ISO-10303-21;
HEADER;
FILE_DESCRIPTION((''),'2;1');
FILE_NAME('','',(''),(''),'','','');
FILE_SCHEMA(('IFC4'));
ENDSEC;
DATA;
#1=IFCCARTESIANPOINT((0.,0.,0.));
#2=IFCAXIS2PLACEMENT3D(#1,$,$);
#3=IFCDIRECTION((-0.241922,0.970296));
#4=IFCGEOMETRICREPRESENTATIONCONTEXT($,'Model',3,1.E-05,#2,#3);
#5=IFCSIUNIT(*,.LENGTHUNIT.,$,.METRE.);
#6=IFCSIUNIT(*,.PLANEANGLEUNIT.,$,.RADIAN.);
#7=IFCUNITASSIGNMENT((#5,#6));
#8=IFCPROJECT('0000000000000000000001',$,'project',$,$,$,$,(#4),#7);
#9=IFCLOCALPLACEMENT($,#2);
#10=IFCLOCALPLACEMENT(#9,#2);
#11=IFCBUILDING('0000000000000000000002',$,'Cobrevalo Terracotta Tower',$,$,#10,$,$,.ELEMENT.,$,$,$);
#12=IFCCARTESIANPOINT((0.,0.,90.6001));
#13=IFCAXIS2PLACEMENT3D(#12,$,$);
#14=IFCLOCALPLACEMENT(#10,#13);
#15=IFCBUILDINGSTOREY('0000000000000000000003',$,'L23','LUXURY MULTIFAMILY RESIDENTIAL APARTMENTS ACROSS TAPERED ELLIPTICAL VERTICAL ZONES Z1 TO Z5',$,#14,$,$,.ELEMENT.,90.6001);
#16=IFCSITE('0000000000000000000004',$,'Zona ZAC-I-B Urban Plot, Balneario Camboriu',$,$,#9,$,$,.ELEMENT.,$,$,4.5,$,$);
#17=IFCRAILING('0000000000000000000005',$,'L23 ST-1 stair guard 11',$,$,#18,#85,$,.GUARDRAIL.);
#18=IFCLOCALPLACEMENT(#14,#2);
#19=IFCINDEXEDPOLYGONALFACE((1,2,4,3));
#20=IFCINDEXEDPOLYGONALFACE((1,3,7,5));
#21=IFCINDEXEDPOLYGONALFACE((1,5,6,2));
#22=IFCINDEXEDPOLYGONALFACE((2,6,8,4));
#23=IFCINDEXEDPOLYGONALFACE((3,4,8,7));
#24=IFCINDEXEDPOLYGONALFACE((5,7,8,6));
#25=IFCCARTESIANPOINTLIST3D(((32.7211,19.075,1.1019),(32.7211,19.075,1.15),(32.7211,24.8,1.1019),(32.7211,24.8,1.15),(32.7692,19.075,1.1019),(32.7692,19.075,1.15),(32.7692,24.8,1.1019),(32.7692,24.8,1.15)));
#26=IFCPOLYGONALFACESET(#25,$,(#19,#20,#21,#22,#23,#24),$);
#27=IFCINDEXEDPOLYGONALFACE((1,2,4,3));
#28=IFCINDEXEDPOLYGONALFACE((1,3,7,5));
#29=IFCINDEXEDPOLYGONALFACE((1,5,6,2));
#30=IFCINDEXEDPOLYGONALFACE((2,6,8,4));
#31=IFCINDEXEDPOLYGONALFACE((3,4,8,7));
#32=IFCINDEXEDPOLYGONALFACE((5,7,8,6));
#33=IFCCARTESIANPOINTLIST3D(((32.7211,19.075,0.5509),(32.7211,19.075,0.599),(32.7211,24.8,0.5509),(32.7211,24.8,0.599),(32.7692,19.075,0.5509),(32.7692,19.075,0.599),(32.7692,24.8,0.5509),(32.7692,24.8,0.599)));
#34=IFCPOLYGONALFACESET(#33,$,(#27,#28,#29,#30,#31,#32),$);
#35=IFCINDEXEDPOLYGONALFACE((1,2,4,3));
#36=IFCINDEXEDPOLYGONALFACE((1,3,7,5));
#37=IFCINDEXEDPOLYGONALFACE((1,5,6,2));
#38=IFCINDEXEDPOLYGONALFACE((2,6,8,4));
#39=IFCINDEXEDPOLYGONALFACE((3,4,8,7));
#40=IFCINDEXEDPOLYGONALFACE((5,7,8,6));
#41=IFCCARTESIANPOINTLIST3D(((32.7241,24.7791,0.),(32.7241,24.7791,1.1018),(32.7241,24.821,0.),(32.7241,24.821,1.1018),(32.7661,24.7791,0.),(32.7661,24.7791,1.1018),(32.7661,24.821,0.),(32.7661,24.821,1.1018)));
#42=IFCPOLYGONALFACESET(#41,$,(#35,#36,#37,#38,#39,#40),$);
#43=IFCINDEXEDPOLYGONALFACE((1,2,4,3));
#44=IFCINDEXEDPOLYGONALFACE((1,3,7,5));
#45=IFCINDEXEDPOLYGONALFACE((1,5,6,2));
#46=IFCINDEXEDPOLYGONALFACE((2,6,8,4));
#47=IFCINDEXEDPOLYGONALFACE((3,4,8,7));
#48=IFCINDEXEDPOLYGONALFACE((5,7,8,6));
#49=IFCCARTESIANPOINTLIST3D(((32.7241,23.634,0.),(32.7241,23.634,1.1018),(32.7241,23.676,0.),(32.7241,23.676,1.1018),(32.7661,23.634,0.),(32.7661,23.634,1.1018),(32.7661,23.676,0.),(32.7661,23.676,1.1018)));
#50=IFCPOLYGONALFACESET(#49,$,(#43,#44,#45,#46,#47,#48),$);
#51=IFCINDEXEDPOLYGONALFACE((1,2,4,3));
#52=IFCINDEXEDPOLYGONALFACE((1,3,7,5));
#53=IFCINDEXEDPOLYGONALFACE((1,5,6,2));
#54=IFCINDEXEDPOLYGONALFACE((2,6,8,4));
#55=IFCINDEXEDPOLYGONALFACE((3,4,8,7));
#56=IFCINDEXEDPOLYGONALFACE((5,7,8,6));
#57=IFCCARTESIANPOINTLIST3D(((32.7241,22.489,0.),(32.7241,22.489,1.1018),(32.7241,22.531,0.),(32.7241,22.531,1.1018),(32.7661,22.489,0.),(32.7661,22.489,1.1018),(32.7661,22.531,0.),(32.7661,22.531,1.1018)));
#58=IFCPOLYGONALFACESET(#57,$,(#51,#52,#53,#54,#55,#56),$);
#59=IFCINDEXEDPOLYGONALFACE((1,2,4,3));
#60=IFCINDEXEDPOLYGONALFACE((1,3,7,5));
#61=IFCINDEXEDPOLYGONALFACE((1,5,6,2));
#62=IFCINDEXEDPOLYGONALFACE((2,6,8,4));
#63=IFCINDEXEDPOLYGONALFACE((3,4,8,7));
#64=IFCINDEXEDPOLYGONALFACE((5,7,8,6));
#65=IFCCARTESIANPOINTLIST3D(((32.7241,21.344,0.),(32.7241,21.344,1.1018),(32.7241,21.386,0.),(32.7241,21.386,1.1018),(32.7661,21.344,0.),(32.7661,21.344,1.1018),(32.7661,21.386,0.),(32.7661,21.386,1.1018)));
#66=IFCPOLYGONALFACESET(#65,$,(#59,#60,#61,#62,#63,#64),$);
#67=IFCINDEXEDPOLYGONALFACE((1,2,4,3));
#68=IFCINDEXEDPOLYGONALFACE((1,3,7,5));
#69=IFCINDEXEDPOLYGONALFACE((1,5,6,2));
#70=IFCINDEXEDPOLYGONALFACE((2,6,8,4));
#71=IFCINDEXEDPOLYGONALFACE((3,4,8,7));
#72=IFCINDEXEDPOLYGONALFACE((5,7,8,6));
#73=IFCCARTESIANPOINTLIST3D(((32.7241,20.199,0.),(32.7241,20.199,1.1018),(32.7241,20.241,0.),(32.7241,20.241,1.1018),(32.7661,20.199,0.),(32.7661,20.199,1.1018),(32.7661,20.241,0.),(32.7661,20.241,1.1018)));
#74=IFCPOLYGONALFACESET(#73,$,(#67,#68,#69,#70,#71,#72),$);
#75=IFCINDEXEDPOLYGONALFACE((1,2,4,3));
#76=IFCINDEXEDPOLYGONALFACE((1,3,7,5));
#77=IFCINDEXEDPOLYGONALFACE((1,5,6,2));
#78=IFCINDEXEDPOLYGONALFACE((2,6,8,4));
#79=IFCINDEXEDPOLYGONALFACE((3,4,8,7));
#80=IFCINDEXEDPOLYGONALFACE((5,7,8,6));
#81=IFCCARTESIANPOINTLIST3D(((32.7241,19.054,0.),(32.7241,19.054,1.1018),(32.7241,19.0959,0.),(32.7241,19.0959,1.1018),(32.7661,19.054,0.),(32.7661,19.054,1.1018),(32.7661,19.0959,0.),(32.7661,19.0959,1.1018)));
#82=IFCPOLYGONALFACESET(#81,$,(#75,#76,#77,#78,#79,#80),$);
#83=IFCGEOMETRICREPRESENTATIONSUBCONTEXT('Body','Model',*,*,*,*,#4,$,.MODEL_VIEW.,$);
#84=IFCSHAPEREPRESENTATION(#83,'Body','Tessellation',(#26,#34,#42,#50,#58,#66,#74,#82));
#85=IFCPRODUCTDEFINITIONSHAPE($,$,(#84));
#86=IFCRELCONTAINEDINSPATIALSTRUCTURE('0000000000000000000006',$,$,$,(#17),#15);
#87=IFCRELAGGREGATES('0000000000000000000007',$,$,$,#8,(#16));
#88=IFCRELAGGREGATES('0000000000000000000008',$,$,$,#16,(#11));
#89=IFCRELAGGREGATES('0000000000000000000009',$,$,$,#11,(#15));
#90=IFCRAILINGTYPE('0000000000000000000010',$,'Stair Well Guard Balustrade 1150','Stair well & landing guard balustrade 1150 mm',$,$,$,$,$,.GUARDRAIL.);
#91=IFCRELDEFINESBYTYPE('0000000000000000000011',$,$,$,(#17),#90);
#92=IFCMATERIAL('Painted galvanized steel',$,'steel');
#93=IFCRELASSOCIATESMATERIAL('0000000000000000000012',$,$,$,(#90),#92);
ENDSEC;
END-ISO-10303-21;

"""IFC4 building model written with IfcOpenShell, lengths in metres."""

from ifc_helpers import new_model, si_unit, direction, frame, origin, origin_2d, place, context, subcontext, project, spatial, rectangle, extrude, material, type_object, element, save


model = new_model("IFC4")

# Units and contexts
model_context = context("Model", 3, precision=1e-05, world=origin(), true_north=direction((-0.241922, 0.970296)))
body_context = subcontext(model_context, "Body", "Model", "MODEL_VIEW")
ifc_project = project(units=[si_unit("LENGTHUNIT", "METRE"), si_unit("PLANEANGLEUNIT", "RADIAN")], contexts=[model_context])

# Site, building, storey
site_placement = place(None, origin())
site = spatial("IfcSite", under=ifc_project, at=site_placement, Name="Zona ZAC-I-B Urban Plot, Balneario Camboriu", CompositionType="ELEMENT", RefElevation=4.5)
building_placement = place(site_placement, origin())
building = spatial("IfcBuilding", under=site, at=building_placement, Name="Cobrevalo Terracotta Tower", CompositionType="ELEMENT")
storey_placement = place(building_placement, frame((0.0, 0.0, 90.6001)))
storey = spatial("IfcBuildingStorey", under=building, at=storey_placement, Name="L23", Description="LUXURY MULTIFAMILY RESIDENTIAL APARTMENTS ACROSS TAPERED ELLIPTICAL VERTICAL ZONES Z1 TO Z5", CompositionType="ELEMENT", Elevation=90.6001)

# Railing
ifc_material_1 = material(Name="Painted galvanized steel", Category="steel")
railing_type_1 = type_object("IfcRailingType", Name="Stair Well Guard Balustrade 1150", Description="Stair well & landing guard balustrade 1150 mm", PredefinedType="GUARDRAIL", material=ifc_material_1)
for number, where, name in (
    (1, (32.7451, 24.8, 0.0), "L23 ST-1 stair guard 11"),
):
    element("IfcRailing", number, at=place(storey_placement, frame(where)), inside=storey, type_object=railing_type_1, Name=name, PredefinedType="GUARDRAIL", context=body_context, shape_type="SweptSolid", body=[
        extrude(rectangle(XDim=0.0481, YDim=0.0481, at=origin_2d()), frame((0.0, 0.0, 1.126), z_axis=(0.0, -1.0, 0.0), x_axis=(1.0, 0.0, 0.0)), (0.0, 0.0, 1.0), 5.7251),
        extrude(rectangle(XDim=0.0481, YDim=0.0481, at=origin_2d()), frame((0.0, 0.0, 0.575), z_axis=(0.0, -1.0, 0.0), x_axis=(1.0, 0.0, 0.0)), (0.0, 0.0, 1.0), 5.7251),
        extrude(rectangle(XDim=0.042, YDim=0.042, at=origin_2d()), origin(), (0.0, 0.0, 1.0), 1.1018),
        extrude(rectangle(XDim=0.042, YDim=0.042, at=origin_2d()), frame((0.0, -1.145, 0.0)), (0.0, 0.0, 1.0), 1.1018),
        extrude(rectangle(XDim=0.042, YDim=0.042, at=origin_2d()), frame((0.0, -2.29, 0.0)), (0.0, 0.0, 1.0), 1.1018),
        extrude(rectangle(XDim=0.042, YDim=0.042, at=origin_2d()), frame((0.0, -3.4351, 0.0)), (0.0, 0.0, 1.0), 1.1018),
        extrude(rectangle(XDim=0.042, YDim=0.042, at=origin_2d()), frame((0.0, -4.5801, 0.0)), (0.0, 0.0, 1.0), 1.1018),
        extrude(rectangle(XDim=0.042, YDim=0.042, at=origin_2d()), frame((0.0, -5.7251, 0.0)), (0.0, 0.0, 1.0), 1.1018),
    ])

save(model, "model.ifc")
